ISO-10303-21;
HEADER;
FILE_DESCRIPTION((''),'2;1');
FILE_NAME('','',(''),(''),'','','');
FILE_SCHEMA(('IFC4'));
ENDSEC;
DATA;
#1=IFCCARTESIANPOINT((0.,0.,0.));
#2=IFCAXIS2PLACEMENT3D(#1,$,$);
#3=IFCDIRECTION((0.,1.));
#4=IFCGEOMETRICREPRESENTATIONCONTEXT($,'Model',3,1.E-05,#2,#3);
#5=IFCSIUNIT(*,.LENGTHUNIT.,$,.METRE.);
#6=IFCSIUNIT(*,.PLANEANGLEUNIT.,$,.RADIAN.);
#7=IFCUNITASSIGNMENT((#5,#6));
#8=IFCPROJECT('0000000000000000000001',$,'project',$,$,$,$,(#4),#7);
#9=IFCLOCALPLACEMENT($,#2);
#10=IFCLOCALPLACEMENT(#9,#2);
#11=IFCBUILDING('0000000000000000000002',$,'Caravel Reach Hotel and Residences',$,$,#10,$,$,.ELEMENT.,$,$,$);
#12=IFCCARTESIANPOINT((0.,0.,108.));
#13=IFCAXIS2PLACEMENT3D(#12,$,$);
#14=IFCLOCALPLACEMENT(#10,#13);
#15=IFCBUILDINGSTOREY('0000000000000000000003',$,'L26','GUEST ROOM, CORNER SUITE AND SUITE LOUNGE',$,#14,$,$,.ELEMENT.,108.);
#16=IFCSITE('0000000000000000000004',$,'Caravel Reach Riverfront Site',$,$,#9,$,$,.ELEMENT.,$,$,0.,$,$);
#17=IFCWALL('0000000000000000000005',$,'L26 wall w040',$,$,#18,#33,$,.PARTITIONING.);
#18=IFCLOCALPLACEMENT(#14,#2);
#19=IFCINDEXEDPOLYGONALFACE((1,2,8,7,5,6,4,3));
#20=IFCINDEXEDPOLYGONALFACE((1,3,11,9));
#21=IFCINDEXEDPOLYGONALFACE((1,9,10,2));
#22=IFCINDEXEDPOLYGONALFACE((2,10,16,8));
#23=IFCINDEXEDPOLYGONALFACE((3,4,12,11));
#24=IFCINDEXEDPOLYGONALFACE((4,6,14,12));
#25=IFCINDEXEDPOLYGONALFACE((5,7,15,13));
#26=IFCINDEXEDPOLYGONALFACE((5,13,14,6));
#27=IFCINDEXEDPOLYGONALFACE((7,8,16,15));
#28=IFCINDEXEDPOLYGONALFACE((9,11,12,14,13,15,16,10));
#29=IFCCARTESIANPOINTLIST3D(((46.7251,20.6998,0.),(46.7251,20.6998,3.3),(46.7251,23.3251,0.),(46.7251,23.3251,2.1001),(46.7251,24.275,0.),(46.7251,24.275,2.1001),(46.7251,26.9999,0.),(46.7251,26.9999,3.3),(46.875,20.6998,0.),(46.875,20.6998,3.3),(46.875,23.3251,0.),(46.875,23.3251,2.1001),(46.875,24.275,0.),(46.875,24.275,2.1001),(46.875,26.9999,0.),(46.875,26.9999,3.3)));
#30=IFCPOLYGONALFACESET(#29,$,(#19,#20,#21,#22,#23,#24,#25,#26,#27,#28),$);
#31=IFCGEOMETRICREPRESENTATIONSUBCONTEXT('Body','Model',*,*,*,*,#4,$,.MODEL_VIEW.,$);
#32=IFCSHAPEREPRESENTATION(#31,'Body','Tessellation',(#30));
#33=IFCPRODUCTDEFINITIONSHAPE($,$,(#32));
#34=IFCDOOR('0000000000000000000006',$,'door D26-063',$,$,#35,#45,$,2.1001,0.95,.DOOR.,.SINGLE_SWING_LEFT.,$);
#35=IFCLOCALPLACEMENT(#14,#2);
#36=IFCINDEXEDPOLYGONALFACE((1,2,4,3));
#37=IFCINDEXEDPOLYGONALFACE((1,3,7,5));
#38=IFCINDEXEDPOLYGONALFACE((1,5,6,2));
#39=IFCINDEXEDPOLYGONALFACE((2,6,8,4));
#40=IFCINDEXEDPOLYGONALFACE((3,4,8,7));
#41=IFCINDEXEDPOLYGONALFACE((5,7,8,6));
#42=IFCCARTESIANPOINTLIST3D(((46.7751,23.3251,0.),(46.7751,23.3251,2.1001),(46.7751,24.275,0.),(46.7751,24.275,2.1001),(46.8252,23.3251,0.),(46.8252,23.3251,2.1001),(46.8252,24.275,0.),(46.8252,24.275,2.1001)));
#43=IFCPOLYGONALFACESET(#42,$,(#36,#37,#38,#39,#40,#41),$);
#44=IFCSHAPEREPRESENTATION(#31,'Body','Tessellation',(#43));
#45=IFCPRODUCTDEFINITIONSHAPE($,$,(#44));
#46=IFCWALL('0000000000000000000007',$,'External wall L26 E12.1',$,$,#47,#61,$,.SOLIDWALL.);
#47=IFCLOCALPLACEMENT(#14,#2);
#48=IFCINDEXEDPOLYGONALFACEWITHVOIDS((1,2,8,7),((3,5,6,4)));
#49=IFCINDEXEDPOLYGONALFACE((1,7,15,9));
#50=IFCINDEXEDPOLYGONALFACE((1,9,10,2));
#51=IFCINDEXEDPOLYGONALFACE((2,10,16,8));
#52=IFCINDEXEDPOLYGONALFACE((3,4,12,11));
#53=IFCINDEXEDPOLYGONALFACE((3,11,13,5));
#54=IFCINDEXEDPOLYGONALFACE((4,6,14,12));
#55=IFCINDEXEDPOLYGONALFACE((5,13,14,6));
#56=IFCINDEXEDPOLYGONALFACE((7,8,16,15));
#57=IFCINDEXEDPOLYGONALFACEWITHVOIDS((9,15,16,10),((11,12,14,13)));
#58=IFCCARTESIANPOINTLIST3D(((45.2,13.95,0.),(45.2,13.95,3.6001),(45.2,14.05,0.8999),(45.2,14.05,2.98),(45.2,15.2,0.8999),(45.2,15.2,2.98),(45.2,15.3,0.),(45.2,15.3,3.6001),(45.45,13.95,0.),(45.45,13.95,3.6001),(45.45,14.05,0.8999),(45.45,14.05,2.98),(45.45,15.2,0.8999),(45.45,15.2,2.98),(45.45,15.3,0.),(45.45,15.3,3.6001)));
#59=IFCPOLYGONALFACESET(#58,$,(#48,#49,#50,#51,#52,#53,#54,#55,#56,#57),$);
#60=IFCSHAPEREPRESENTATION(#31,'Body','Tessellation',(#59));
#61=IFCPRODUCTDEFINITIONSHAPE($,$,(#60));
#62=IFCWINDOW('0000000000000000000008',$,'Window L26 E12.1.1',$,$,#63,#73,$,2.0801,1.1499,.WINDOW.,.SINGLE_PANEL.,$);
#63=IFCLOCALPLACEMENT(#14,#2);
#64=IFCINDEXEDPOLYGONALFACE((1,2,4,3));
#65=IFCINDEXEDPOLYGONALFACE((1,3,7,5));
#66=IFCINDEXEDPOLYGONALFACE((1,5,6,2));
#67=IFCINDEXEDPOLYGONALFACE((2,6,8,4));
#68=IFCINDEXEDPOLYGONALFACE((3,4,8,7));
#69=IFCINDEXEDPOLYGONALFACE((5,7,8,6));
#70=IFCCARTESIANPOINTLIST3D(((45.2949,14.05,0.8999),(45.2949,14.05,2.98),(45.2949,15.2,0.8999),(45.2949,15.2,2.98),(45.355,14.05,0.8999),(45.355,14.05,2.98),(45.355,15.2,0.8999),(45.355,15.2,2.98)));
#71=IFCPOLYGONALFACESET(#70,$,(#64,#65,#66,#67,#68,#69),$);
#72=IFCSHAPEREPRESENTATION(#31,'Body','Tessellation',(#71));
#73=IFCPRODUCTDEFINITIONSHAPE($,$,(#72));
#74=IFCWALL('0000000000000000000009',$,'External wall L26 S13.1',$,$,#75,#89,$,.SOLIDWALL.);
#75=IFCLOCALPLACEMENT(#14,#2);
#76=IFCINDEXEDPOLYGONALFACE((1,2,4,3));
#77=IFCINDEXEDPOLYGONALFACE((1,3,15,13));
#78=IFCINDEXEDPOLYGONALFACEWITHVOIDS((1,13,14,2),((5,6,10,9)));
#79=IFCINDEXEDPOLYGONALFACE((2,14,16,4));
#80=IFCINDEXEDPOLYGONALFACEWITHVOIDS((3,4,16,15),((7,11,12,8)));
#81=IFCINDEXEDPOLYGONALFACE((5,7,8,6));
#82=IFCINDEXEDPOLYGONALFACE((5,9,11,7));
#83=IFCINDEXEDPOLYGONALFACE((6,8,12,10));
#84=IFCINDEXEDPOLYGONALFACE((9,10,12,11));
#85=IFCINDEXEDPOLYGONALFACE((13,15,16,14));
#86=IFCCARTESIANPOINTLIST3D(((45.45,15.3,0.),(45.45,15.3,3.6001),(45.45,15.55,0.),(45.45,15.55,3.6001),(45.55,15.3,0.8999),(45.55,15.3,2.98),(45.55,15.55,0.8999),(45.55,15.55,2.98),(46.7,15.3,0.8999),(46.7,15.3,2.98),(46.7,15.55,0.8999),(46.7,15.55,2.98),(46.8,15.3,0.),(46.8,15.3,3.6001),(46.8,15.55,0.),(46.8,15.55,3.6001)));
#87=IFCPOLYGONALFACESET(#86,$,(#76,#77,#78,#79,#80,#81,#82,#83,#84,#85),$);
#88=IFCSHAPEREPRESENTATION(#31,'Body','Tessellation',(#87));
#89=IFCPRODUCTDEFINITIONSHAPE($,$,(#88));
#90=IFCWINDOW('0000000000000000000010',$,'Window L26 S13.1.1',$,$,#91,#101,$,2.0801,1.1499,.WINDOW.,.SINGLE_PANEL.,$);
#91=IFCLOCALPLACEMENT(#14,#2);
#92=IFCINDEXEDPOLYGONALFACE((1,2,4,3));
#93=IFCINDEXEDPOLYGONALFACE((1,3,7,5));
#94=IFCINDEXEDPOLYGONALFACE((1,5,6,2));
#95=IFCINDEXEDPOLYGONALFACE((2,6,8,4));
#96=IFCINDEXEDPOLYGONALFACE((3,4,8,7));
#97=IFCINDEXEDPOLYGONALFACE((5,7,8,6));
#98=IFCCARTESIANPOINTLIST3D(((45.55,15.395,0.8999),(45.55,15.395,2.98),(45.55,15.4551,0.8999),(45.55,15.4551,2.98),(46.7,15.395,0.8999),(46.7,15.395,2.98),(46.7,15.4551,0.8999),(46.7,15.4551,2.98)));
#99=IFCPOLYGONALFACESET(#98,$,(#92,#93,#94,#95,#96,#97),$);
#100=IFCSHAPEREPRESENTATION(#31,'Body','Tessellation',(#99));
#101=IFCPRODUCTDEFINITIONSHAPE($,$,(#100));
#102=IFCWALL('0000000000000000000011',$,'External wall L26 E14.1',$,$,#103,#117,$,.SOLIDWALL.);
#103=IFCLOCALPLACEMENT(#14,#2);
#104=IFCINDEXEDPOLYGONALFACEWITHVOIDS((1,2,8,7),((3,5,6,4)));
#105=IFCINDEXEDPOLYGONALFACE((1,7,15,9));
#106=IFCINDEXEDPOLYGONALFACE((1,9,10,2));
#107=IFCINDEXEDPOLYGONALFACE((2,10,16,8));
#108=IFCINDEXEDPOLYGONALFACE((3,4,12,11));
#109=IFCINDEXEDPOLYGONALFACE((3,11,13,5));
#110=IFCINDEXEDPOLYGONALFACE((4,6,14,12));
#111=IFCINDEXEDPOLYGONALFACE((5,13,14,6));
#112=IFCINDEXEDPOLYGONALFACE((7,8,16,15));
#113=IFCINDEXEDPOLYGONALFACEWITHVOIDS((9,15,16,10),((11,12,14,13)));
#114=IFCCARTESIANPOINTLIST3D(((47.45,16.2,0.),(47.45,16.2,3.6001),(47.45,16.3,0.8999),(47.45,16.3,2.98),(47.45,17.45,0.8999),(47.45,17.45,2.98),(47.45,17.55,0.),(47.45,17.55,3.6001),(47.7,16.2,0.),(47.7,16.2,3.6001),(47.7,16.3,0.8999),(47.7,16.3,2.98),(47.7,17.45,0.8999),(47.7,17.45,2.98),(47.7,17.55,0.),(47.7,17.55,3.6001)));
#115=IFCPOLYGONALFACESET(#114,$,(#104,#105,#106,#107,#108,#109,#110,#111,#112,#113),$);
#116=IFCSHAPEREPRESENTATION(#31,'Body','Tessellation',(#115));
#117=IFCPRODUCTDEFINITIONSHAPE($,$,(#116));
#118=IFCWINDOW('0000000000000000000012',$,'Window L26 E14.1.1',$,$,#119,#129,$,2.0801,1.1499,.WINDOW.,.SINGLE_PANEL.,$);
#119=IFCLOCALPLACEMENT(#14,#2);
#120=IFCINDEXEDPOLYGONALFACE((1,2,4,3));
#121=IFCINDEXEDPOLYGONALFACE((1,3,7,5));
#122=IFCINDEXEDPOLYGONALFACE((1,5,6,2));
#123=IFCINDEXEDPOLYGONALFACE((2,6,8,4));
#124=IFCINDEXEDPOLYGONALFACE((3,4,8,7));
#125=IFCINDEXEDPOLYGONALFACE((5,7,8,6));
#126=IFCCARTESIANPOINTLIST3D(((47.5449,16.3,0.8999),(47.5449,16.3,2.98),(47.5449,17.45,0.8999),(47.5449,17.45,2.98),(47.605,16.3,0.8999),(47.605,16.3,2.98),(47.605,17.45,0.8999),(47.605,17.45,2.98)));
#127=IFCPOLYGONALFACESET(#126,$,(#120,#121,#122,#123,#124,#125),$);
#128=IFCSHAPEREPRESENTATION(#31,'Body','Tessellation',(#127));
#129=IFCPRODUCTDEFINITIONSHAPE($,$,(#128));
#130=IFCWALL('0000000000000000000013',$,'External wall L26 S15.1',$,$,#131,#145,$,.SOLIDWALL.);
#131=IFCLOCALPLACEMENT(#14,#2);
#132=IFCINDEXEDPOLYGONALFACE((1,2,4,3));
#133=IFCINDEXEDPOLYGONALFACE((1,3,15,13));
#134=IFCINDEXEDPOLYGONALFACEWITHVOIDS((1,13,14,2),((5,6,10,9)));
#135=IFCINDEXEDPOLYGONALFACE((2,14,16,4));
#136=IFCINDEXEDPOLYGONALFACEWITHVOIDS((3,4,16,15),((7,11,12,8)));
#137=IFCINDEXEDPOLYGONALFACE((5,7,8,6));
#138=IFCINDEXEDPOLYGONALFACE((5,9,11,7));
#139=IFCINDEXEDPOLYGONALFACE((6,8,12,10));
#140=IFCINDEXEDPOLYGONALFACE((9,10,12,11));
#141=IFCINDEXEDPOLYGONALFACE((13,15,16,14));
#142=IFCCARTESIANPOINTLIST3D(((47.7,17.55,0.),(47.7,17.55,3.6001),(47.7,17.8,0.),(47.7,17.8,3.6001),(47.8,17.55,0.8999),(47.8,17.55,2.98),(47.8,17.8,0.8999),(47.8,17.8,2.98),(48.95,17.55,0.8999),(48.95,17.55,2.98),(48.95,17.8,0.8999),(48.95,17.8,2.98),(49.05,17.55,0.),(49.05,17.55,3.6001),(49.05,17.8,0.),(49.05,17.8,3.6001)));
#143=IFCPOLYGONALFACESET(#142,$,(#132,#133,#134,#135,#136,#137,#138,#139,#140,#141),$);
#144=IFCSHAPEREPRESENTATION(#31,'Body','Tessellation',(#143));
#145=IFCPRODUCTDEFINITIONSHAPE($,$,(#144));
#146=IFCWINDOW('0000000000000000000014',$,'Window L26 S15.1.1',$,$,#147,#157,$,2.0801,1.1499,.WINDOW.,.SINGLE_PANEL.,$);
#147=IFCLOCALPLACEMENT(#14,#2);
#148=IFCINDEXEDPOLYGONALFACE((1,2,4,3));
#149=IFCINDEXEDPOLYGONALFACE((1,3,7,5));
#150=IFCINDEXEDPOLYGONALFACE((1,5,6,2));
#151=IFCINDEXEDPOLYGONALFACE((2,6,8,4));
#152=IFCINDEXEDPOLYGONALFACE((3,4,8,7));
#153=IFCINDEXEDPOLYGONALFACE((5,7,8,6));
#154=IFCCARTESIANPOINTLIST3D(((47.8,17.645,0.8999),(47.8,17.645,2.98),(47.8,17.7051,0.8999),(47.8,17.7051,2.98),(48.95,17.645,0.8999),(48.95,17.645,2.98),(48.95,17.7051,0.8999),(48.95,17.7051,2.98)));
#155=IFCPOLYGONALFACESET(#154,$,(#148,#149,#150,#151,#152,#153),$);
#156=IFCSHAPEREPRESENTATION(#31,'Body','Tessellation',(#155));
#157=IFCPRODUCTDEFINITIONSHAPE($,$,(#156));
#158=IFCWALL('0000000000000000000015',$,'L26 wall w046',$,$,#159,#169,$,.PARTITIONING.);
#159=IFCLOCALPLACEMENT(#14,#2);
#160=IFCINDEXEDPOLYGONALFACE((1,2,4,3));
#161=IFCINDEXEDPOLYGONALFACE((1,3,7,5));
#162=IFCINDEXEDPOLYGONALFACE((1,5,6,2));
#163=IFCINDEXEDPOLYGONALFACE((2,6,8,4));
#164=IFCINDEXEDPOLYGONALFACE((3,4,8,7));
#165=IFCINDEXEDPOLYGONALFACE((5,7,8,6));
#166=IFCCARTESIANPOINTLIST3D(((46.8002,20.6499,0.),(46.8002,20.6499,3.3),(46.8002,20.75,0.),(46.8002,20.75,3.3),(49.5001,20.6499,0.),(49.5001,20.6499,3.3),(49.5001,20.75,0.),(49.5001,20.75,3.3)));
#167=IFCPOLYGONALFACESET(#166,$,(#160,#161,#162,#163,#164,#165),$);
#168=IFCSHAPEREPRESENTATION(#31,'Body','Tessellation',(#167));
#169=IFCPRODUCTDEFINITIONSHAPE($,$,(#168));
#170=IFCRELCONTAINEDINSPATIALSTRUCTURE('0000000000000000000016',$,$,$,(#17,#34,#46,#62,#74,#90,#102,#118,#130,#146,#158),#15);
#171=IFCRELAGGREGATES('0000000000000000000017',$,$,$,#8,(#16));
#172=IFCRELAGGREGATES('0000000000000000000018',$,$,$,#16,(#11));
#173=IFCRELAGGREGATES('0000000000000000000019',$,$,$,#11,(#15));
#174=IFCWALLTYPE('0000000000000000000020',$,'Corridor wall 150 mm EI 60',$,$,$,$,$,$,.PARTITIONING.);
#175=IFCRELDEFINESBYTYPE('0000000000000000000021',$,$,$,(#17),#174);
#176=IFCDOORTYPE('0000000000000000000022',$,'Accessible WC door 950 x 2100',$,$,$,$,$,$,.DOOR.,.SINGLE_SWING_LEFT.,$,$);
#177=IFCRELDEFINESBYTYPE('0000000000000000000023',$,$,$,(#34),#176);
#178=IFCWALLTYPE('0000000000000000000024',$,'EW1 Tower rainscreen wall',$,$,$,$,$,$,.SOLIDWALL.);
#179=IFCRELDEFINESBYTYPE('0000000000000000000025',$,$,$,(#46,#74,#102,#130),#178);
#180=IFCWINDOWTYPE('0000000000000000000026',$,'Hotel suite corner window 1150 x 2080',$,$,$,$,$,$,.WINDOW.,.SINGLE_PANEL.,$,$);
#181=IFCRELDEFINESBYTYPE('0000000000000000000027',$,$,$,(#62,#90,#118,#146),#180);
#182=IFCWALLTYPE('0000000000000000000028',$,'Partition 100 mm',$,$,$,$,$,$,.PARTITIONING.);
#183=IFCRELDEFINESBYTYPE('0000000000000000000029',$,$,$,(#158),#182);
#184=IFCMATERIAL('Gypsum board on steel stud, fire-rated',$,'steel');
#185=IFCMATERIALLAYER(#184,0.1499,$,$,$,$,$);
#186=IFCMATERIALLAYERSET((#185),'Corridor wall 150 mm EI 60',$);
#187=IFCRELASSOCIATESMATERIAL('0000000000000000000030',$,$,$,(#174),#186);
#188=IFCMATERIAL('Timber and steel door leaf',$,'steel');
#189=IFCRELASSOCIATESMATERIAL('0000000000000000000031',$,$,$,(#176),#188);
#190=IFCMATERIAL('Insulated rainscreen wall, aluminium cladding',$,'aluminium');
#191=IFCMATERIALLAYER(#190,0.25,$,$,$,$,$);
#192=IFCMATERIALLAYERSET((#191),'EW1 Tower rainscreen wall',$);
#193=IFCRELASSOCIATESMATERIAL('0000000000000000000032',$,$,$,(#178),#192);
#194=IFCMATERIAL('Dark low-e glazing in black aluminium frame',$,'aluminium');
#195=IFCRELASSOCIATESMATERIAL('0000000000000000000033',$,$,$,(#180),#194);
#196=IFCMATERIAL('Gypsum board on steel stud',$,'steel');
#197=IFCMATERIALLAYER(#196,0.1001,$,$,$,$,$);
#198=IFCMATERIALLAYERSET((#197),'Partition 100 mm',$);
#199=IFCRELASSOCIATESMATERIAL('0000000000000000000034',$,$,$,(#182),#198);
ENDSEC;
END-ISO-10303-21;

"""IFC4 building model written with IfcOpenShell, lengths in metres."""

from ifc_helpers import new_model, si_unit, direction, frame, frame_2d, origin, place, context, subcontext, project, spatial, rectangle, extrude, material, layer, layer_set, type_object, element, fill, save


model = new_model("IFC4")

# Units and contexts
model_context = context("Model", 3, precision=1e-05, world=origin(), true_north=direction((0.0, 1.0)))
body_context = subcontext(model_context, "Body", "Model", "MODEL_VIEW")
ifc_project = project(units=[si_unit("LENGTHUNIT", "METRE"), si_unit("PLANEANGLEUNIT", "RADIAN")], contexts=[model_context])

# Site, building, storey
site_placement = place(None, origin())
site = spatial("IfcSite", under=ifc_project, at=site_placement, Name="Caravel Reach Riverfront Site", CompositionType="ELEMENT", RefElevation=0.0)
building_placement = place(site_placement, origin())
building = spatial("IfcBuilding", under=site, at=building_placement, Name="Caravel Reach Hotel and Residences", CompositionType="ELEMENT")
storey_placement = place(building_placement, frame((0.0, 0.0, 108.0)))
storey = spatial("IfcBuildingStorey", under=building, at=storey_placement, Name="L26", Description="GUEST ROOM, CORNER SUITE AND SUITE LOUNGE", CompositionType="ELEMENT", Elevation=108.0)

# Wall, opening, door
ifc_material_1 = material(Name="Gypsum board on steel stud, fire-rated", Category="steel")
ifc_layer_1 = layer(ifc_material_1, 0.1499)
ifc_layer_set_1 = layer_set([ifc_layer_1], Name="Corridor wall 150 mm EI 60")
wall_type_1 = type_object("IfcWallType", Name="Corridor wall 150 mm EI 60", PredefinedType="PARTITIONING", material=ifc_layer_set_1)
wall_1_placement = place(storey_placement, frame((46.8, 20.7, 0.0), z_axis=(0.0, 0.0, 1.0), x_axis=(0.0, 1.0, 0.0)))
wall_1 = element("IfcWall", 1, at=wall_1_placement, inside=storey, type_object=wall_type_1, Name="L26 wall w040", PredefinedType="PARTITIONING", context=body_context, shape_type="SweptSolid", body=[
    extrude(rectangle(XDim=6.3, YDim=0.1499, at=frame_2d((3.1499, 0.0))), origin(), (0.0, 0.0, 1.0), 3.3),
])
opening_1_placement = place(wall_1_placement, frame((2.625, 0.0, 0.0)))
opening_1 = element("IfcOpeningElement", 2, at=opening_1_placement, cuts=wall_1, PredefinedType="OPENING", context=body_context, shape_type="SweptSolid", body=[
    extrude(rectangle(XDim=0.95, YDim=2.1001, at=frame_2d((0.4751, 1.05))), frame((0.0, 0.085, 0.0), z_axis=(0.0, -1.0, 0.0), x_axis=(1.0, 0.0, 0.0)), (0.0, 0.0, 1.0), 0.1699),
])
ifc_material_2 = material(Name="Timber and steel door leaf", Category="steel")
door_type = type_object("IfcDoorType", Name="Accessible WC door 950 x 2100", OperationType="SINGLE_SWING_LEFT", PredefinedType="DOOR", material=ifc_material_2)
door_placement = place(opening_1_placement, origin())
door = element("IfcDoor", 3, at=door_placement, inside=storey, type_object=door_type, Name="door D26-063", OperationType="SINGLE_SWING_LEFT", OverallHeight=2.1001, OverallWidth=0.95, PredefinedType="DOOR", context=body_context, shape_type="SweptSolid", body=[
    extrude(rectangle(XDim=0.95, YDim=2.1001, at=frame_2d((0.4751, 1.05))), frame((0.0, 0.0249, 0.0), z_axis=(0.0, -1.0, 0.0), x_axis=(1.0, 0.0, 0.0)), (0.0, 0.0, 1.0), 0.05),
])
fill(opening_1, door)

# Walls, openings, windows
ifc_material_3 = material(Name="Insulated rainscreen wall, aluminium cladding", Category="aluminium")
ifc_layer_2 = layer(ifc_material_3, 0.25)
ifc_layer_set_2 = layer_set([ifc_layer_2], Name="EW1 Tower rainscreen wall")
wall_type_2 = type_object("IfcWallType", Name="EW1 Tower rainscreen wall", PredefinedType="SOLIDWALL", material=ifc_layer_set_2)
wall_2_placement = place(storey_placement, frame((45.325, 13.95, 0.0), z_axis=(0.0, 0.0, 1.0), x_axis=(0.0, 1.0, 0.0)))
wall_2 = element("IfcWall", 4, at=wall_2_placement, inside=storey, type_object=wall_type_2, Name="External wall L26 E12.1", PredefinedType="SOLIDWALL", context=body_context, shape_type="SweptSolid", body=[
    extrude(rectangle(XDim=1.3501, YDim=0.25, at=frame_2d((0.675, 0.0))), origin(), (0.0, 0.0, 1.0), 3.6001),
])
opening_2_placement = place(wall_2_placement, frame((0.1001, 0.0, 0.8999)))
opening_2 = element("IfcOpeningElement", 5, at=opening_2_placement, cuts=wall_2, PredefinedType="OPENING", context=body_context, shape_type="SweptSolid", body=[
    extrude(rectangle(XDim=1.1499, YDim=2.0801, at=frame_2d((0.575, 1.04))), frame((0.0, 0.135, 0.0), z_axis=(0.0, -1.0, 0.0), x_axis=(1.0, 0.0, 0.0)), (0.0, 0.0, 1.0), 0.27),
])
ifc_material_4 = material(Name="Dark low-e glazing in black aluminium frame", Category="aluminium")
window_type = type_object("IfcWindowType", Name="Hotel suite corner window 1150 x 2080", PartitioningType="SINGLE_PANEL", PredefinedType="WINDOW", material=ifc_material_4)
window_1_placement = place(opening_2_placement, origin())
window_1 = element("IfcWindow", 6, at=window_1_placement, inside=storey, type_object=window_type, Name="Window L26 E12.1.1", OverallHeight=2.0801, OverallWidth=1.1499, PartitioningType="SINGLE_PANEL", PredefinedType="WINDOW", context=body_context, shape_type="SweptSolid", body=[
    extrude(rectangle(XDim=1.1499, YDim=2.0801, at=frame_2d((0.575, 1.04))), frame((0.0, 0.03, 0.0), z_axis=(0.0, -1.0, 0.0), x_axis=(1.0, 0.0, 0.0)), (0.0, 0.0, 1.0), 0.0601),
])
fill(opening_2, window_1)
wall_3_placement = place(storey_placement, frame((45.45, 15.425, 0.0), z_axis=(0.0, 0.0, 1.0), x_axis=(1.0, 0.0, 0.0)))
wall_3 = element("IfcWall", 7, at=wall_3_placement, inside=storey, type_object=wall_type_2, Name="External wall L26 S13.1", PredefinedType="SOLIDWALL", context=body_context, shape_type="SweptSolid", body=[
    extrude(rectangle(XDim=1.3501, YDim=0.25, at=frame_2d((0.675, 0.0))), origin(), (0.0, 0.0, 1.0), 3.6001),
])
opening_3_placement = place(wall_3_placement, frame((0.1001, 0.0, 0.8999)))
opening_3 = element("IfcOpeningElement", 8, at=opening_3_placement, cuts=wall_3, PredefinedType="OPENING", context=body_context, shape_type="SweptSolid", body=[
    extrude(rectangle(XDim=1.1499, YDim=2.0801, at=frame_2d((0.575, 1.04))), frame((0.0, 0.135, 0.0), z_axis=(0.0, -1.0, 0.0), x_axis=(1.0, 0.0, 0.0)), (0.0, 0.0, 1.0), 0.27),
])
window_2_placement = place(opening_3_placement, origin())
window_2 = element("IfcWindow", 9, at=window_2_placement, inside=storey, type_object=window_type, Name="Window L26 S13.1.1", OverallHeight=2.0801, OverallWidth=1.1499, PartitioningType="SINGLE_PANEL", PredefinedType="WINDOW", context=body_context, shape_type="SweptSolid", body=[
    extrude(rectangle(XDim=1.1499, YDim=2.0801, at=frame_2d((0.575, 1.04))), frame((0.0, 0.03, 0.0), z_axis=(0.0, -1.0, 0.0), x_axis=(1.0, 0.0, 0.0)), (0.0, 0.0, 1.0), 0.0601),
])
fill(opening_3, window_2)
wall_4_placement = place(storey_placement, frame((47.575, 16.2, 0.0), z_axis=(0.0, 0.0, 1.0), x_axis=(0.0, 1.0, 0.0)))
wall_4 = element("IfcWall", 10, at=wall_4_placement, inside=storey, type_object=wall_type_2, Name="External wall L26 E14.1", PredefinedType="SOLIDWALL", context=body_context, shape_type="SweptSolid", body=[
    extrude(rectangle(XDim=1.3501, YDim=0.25, at=frame_2d((0.675, 0.0))), origin(), (0.0, 0.0, 1.0), 3.6001),
])
opening_4_placement = place(wall_4_placement, frame((0.1001, 0.0, 0.8999)))
opening_4 = element("IfcOpeningElement", 11, at=opening_4_placement, cuts=wall_4, PredefinedType="OPENING", context=body_context, shape_type="SweptSolid", body=[
    extrude(rectangle(XDim=1.1499, YDim=2.0801, at=frame_2d((0.575, 1.04))), frame((0.0, 0.135, 0.0), z_axis=(0.0, -1.0, 0.0), x_axis=(1.0, 0.0, 0.0)), (0.0, 0.0, 1.0), 0.27),
])
window_3_placement = place(opening_4_placement, origin())
window_3 = element("IfcWindow", 12, at=window_3_placement, inside=storey, type_object=window_type, Name="Window L26 E14.1.1", OverallHeight=2.0801, OverallWidth=1.1499, PartitioningType="SINGLE_PANEL", PredefinedType="WINDOW", context=body_context, shape_type="SweptSolid", body=[
    extrude(rectangle(XDim=1.1499, YDim=2.0801, at=frame_2d((0.575, 1.04))), frame((0.0, 0.03, 0.0), z_axis=(0.0, -1.0, 0.0), x_axis=(1.0, 0.0, 0.0)), (0.0, 0.0, 1.0), 0.0601),
])
fill(opening_4, window_3)
wall_5_placement = place(storey_placement, frame((47.7, 17.675, 0.0), z_axis=(0.0, 0.0, 1.0), x_axis=(1.0, 0.0, 0.0)))
wall_5 = element("IfcWall", 13, at=wall_5_placement, inside=storey, type_object=wall_type_2, Name="External wall L26 S15.1", PredefinedType="SOLIDWALL", context=body_context, shape_type="SweptSolid", body=[
    extrude(rectangle(XDim=1.3501, YDim=0.25, at=frame_2d((0.675, 0.0))), origin(), (0.0, 0.0, 1.0), 3.6001),
])
opening_5_placement = place(wall_5_placement, frame((0.1001, 0.0, 0.8999)))
opening_5 = element("IfcOpeningElement", 14, at=opening_5_placement, cuts=wall_5, PredefinedType="OPENING", context=body_context, shape_type="SweptSolid", body=[
    extrude(rectangle(XDim=1.1499, YDim=2.0801, at=frame_2d((0.575, 1.04))), frame((0.0, 0.135, 0.0), z_axis=(0.0, -1.0, 0.0), x_axis=(1.0, 0.0, 0.0)), (0.0, 0.0, 1.0), 0.27),
])
window_4_placement = place(opening_5_placement, origin())
window_4 = element("IfcWindow", 15, at=window_4_placement, inside=storey, type_object=window_type, Name="Window L26 S15.1.1", OverallHeight=2.0801, OverallWidth=1.1499, PartitioningType="SINGLE_PANEL", PredefinedType="WINDOW", context=body_context, shape_type="SweptSolid", body=[
    extrude(rectangle(XDim=1.1499, YDim=2.0801, at=frame_2d((0.575, 1.04))), frame((0.0, 0.03, 0.0), z_axis=(0.0, -1.0, 0.0), x_axis=(1.0, 0.0, 0.0)), (0.0, 0.0, 1.0), 0.0601),
])
fill(opening_5, window_4)

# Wall
ifc_material_5 = material(Name="Gypsum board on steel stud", Category="steel")
ifc_layer_3 = layer(ifc_material_5, 0.1001)
ifc_layer_set_3 = layer_set([ifc_layer_3], Name="Partition 100 mm")
wall_type_3 = type_object("IfcWallType", Name="Partition 100 mm", PredefinedType="PARTITIONING", material=ifc_layer_set_3)
wall_6_placement = place(storey_placement, frame((46.8, 20.7, 0.0), z_axis=(0.0, 0.0, 1.0), x_axis=(1.0, 0.0, 0.0)))
element("IfcWall", 16, at=wall_6_placement, inside=storey, type_object=wall_type_3, Name="L26 wall w046", PredefinedType="PARTITIONING", context=body_context, shape_type="SweptSolid", body=[
    extrude(rectangle(XDim=2.7, YDim=0.1001, at=frame_2d((1.3501, 0.0))), origin(), (0.0, 0.0, 1.0), 3.3),
])

save(model, "model.ifc")
